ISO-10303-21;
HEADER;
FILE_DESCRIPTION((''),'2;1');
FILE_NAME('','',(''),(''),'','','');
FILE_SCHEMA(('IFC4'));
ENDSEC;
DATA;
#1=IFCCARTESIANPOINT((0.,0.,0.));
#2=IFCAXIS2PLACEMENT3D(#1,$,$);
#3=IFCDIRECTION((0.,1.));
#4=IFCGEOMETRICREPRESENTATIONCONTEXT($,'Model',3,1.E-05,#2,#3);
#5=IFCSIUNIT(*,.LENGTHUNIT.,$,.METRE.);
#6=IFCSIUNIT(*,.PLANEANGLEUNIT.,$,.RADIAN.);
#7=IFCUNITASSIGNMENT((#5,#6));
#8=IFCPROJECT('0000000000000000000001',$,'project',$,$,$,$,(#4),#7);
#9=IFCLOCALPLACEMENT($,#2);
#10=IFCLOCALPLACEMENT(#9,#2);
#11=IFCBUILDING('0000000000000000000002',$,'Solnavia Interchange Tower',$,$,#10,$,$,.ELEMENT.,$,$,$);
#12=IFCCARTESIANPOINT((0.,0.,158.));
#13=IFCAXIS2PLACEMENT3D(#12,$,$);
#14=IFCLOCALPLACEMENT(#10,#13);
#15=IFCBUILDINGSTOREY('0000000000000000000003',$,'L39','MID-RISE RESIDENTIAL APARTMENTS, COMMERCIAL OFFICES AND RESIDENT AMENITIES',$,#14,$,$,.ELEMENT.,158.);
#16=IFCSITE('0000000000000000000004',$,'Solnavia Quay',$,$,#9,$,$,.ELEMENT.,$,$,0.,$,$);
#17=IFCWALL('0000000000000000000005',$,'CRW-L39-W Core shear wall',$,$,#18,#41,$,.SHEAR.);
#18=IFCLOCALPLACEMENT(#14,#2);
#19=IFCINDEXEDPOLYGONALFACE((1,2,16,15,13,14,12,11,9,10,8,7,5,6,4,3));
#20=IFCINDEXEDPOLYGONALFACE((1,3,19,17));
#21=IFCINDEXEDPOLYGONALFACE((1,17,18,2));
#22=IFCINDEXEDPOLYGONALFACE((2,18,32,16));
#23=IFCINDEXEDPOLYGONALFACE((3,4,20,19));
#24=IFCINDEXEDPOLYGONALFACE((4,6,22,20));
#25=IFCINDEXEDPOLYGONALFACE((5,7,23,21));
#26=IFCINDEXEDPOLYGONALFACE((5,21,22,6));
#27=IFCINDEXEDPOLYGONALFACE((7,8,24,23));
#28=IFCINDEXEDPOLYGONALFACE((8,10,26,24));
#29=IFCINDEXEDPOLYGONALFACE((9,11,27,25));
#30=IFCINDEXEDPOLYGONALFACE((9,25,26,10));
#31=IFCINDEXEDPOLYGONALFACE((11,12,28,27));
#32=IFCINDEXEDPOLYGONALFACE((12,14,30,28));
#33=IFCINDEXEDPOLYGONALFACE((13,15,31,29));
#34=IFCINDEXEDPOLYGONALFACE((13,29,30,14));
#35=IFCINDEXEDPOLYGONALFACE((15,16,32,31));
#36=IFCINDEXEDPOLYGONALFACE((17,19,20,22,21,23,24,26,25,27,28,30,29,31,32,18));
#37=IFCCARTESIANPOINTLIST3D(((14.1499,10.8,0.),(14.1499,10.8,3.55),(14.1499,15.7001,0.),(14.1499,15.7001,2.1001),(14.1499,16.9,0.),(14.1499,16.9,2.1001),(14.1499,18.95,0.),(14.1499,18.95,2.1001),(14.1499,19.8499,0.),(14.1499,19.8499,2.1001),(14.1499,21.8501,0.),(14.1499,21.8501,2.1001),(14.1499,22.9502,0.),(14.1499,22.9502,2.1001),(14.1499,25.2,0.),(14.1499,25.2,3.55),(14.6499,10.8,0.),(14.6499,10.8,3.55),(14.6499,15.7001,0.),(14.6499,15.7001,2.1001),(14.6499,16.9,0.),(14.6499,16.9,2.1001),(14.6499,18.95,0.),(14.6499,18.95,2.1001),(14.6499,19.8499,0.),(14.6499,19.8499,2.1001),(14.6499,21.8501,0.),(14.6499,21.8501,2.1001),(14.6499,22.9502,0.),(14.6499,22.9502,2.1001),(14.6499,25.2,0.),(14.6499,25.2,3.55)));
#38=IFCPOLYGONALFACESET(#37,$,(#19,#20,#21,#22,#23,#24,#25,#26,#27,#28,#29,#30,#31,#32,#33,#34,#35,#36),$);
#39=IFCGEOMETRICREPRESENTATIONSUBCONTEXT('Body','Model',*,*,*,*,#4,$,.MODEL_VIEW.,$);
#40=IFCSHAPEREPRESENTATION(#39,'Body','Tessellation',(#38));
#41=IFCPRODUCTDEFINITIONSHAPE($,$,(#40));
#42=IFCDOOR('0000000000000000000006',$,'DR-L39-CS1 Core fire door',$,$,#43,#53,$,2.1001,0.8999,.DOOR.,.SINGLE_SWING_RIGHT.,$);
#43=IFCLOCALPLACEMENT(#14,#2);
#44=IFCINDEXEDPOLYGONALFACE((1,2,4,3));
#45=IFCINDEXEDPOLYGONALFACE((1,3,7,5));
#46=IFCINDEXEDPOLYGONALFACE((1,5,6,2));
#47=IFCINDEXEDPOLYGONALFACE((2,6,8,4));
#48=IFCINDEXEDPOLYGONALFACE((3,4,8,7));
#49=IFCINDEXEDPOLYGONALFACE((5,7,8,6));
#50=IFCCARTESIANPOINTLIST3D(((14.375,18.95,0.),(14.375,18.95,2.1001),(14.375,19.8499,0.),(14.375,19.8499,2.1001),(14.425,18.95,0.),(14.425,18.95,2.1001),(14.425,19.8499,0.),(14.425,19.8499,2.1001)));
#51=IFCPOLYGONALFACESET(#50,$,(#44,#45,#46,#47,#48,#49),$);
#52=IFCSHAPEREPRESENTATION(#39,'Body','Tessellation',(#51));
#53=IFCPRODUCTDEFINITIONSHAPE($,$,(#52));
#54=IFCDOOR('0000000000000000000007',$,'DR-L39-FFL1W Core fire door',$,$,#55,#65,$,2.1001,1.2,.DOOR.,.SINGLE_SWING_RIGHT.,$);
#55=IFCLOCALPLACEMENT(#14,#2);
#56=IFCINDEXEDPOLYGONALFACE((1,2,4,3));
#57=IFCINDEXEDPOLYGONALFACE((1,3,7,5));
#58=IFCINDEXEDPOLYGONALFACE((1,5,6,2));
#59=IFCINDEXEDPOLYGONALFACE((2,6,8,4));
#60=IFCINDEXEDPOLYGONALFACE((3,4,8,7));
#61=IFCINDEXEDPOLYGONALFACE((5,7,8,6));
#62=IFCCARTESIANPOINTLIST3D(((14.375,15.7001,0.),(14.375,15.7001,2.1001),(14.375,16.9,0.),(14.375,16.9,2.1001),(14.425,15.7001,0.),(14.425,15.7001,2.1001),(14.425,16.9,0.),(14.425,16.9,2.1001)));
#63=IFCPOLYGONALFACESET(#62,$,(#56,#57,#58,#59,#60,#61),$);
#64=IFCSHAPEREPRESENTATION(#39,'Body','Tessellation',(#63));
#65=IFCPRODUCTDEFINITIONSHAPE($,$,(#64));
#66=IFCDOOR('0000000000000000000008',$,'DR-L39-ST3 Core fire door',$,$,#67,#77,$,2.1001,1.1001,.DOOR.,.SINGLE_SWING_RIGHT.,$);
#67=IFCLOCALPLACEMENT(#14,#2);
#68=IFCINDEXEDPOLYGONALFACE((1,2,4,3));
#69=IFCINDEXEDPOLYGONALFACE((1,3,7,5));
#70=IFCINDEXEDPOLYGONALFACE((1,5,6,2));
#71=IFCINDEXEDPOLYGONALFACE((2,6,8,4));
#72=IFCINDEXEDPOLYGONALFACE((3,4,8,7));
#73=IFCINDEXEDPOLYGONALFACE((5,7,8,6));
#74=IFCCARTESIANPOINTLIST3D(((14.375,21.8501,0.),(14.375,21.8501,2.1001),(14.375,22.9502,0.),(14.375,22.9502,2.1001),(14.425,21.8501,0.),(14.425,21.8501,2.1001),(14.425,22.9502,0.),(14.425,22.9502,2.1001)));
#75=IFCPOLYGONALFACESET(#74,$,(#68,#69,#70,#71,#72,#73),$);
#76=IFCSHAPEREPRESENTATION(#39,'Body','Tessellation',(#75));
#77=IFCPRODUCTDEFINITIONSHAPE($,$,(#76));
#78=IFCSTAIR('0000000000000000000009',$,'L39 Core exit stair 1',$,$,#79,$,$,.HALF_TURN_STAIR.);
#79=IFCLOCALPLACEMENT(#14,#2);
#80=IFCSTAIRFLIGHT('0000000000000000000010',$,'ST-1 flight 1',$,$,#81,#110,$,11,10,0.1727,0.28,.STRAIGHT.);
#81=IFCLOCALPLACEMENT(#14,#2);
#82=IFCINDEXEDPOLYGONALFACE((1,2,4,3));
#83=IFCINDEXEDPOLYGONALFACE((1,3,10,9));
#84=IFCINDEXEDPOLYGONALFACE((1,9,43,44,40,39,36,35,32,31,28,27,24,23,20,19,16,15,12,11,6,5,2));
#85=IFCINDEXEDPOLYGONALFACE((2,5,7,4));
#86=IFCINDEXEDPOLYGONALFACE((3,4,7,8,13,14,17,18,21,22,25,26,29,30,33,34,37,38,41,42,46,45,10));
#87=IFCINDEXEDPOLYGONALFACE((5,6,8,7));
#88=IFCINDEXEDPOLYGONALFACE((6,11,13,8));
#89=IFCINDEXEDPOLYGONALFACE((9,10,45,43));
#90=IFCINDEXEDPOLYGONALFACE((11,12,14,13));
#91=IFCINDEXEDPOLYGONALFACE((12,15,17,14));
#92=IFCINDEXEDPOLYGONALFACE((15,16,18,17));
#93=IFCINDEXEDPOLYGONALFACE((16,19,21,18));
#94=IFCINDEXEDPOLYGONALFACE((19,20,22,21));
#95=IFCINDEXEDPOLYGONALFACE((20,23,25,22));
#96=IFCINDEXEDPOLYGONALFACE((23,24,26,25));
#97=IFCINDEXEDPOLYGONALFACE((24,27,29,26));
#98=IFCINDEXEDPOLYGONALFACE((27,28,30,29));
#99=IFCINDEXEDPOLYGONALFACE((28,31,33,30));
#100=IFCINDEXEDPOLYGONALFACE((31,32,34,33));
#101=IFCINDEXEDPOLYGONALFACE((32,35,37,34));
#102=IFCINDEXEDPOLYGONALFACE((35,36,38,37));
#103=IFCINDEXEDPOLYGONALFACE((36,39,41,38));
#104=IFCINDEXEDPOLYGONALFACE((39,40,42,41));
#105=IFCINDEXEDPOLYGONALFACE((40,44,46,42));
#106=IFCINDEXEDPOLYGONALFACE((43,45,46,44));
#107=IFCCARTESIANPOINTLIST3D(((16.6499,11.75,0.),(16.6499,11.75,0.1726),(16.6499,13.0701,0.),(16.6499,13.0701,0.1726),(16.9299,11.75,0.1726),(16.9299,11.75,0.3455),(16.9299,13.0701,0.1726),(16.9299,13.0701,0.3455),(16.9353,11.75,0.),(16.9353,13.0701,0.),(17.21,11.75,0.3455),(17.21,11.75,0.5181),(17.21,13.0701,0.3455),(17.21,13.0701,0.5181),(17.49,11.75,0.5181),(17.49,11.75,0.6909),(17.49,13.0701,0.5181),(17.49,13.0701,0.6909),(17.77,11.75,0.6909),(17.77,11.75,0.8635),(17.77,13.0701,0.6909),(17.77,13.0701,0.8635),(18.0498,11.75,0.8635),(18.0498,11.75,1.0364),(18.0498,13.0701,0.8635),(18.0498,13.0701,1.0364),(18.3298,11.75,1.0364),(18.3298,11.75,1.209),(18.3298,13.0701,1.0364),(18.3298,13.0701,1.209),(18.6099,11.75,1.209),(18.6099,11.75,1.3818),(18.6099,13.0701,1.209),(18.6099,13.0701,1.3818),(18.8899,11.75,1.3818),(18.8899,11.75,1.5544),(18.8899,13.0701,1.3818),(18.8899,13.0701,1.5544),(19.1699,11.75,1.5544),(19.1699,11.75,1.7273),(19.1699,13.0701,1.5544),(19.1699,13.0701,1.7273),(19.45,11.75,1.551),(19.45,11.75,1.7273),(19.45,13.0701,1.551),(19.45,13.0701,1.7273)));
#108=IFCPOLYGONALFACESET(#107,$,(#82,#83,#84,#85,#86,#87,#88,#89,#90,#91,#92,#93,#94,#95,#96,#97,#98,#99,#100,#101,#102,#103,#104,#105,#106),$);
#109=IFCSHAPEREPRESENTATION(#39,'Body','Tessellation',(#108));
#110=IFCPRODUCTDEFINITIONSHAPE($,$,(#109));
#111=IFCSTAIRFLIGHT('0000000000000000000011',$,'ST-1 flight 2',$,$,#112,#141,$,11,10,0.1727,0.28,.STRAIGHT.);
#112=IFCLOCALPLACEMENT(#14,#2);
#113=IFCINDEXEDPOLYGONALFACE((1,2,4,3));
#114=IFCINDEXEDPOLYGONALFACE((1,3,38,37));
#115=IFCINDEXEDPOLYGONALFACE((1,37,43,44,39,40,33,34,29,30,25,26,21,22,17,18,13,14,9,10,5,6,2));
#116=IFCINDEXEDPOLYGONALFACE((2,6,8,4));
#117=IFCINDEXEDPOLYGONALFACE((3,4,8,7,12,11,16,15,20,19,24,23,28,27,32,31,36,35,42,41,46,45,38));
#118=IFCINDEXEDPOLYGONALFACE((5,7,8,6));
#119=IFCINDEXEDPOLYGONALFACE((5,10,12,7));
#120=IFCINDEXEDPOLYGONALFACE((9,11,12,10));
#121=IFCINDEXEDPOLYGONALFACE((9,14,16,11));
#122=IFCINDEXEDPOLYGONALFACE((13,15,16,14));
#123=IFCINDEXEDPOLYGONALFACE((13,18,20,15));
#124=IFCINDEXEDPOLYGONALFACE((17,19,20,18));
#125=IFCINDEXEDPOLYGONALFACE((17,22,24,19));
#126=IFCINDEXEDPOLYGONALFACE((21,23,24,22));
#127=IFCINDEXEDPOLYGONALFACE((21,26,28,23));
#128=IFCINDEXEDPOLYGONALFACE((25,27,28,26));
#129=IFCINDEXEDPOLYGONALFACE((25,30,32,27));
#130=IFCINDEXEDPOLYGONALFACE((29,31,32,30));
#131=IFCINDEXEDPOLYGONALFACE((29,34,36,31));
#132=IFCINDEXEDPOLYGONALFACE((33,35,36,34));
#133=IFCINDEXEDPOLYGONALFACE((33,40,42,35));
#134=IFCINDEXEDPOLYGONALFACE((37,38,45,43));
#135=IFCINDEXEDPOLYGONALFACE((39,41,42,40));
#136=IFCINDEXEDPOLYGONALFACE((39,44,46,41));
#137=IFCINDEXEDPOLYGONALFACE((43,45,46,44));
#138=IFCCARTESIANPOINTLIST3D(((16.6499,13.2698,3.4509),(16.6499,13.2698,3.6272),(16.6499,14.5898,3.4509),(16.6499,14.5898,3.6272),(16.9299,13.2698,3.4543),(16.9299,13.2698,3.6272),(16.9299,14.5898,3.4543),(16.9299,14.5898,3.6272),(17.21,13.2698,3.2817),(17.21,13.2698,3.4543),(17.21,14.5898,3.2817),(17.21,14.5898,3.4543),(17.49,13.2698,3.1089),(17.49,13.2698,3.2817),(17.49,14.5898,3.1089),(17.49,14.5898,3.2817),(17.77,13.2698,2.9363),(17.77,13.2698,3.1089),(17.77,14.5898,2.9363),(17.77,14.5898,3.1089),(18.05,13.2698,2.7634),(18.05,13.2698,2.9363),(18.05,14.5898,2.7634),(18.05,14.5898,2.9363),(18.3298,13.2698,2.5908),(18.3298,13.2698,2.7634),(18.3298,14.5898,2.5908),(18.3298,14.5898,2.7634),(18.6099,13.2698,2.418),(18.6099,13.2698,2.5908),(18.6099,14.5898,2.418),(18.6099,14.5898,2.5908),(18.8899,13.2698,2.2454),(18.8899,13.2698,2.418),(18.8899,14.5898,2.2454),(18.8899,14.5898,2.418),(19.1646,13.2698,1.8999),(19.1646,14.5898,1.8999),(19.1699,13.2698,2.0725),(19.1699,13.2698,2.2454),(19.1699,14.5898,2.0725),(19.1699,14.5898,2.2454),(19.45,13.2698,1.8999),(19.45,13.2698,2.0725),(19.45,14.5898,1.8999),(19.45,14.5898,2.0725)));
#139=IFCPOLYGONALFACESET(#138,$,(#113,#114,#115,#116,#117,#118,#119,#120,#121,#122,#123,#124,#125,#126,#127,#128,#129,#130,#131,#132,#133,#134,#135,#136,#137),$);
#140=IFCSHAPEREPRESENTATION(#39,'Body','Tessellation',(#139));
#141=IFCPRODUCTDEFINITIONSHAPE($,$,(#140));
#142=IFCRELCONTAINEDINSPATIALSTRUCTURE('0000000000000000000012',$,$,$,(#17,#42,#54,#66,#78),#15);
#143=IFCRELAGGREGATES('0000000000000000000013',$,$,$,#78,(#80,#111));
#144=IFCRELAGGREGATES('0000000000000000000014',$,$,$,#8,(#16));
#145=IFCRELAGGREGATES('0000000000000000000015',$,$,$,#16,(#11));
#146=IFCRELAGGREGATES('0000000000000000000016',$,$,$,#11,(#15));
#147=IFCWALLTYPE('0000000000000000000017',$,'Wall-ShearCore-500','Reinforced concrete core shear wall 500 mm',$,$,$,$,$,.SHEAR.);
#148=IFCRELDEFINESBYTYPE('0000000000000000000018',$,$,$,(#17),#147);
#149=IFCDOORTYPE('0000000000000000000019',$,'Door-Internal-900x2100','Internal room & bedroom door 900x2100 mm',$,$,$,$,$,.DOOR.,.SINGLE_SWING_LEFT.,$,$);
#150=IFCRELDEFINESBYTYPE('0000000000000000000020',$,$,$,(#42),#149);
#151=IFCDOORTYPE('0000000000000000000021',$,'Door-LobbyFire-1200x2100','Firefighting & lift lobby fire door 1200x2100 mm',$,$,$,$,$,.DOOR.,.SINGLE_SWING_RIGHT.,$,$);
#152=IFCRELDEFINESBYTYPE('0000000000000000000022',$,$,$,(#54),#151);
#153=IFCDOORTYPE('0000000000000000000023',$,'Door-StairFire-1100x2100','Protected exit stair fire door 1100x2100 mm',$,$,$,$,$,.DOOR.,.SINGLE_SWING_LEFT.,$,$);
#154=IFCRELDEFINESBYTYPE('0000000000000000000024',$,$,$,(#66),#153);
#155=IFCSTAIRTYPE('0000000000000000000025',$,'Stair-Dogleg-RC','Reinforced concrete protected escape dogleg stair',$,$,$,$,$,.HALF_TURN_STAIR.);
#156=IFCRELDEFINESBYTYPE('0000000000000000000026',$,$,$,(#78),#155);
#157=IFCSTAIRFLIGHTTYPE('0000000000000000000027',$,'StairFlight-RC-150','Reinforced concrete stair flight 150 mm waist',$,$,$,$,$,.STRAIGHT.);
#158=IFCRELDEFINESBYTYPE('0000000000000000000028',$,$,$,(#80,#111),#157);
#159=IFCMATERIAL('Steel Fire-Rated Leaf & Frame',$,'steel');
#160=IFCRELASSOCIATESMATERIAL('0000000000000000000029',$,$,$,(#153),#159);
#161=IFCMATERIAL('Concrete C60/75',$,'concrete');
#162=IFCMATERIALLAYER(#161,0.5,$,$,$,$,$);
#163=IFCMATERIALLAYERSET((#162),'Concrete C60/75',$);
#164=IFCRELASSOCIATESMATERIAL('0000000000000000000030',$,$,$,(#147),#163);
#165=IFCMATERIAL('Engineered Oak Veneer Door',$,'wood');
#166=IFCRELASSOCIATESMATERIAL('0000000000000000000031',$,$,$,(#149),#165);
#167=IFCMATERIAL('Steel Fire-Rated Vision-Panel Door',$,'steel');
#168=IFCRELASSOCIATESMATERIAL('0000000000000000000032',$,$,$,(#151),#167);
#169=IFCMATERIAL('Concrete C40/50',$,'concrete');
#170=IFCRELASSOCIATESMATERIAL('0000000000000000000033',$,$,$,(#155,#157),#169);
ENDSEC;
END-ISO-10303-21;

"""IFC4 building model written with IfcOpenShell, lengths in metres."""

from ifc_helpers import new_model, si_unit, direction, frame, frame_2d, origin, place, context, subcontext, project, spatial, polyline, rectangle, outline, extrude, material, layer, layer_set, type_object, element, fill, aggregate, save


model = new_model("IFC4")

# Units and contexts
model_context = context("Model", 3, precision=1e-05, world=origin(), true_north=direction((0.0, 1.0)))
body_context = subcontext(model_context, "Body", "Model", "MODEL_VIEW")
ifc_project = project(units=[si_unit("LENGTHUNIT", "METRE"), si_unit("PLANEANGLEUNIT", "RADIAN")], contexts=[model_context])

# Site, building, storey
site_placement = place(None, origin())
site = spatial("IfcSite", under=ifc_project, at=site_placement, Name="Solnavia Quay", CompositionType="ELEMENT", RefElevation=0.0)
building_placement = place(site_placement, origin())
building = spatial("IfcBuilding", under=site, at=building_placement, Name="Solnavia Interchange Tower", CompositionType="ELEMENT")
storey_placement = place(building_placement, frame((0.0, 0.0, 158.0)))
storey = spatial("IfcBuildingStorey", under=building, at=storey_placement, Name="L39", Description="MID-RISE RESIDENTIAL APARTMENTS, COMMERCIAL OFFICES AND RESIDENT AMENITIES", CompositionType="ELEMENT", Elevation=158.0)

# Shared definitions
ifc_material_1 = material(Name="Concrete C40/50", Category="concrete")

# Shared definitions
ifc_material_2 = material(Name="Steel Fire-Rated Leaf & Frame", Category="steel")
door_type_1 = type_object("IfcDoorType", Name="Door-StairFire-1100x2100", Description="Protected exit stair fire door 1100x2100 mm", OperationType="SINGLE_SWING_LEFT", PredefinedType="DOOR", material=ifc_material_2)

# Shared definitions
ifc_material_3 = material(Name="Concrete C60/75", Category="concrete")
ifc_layer_1 = layer(ifc_material_3, 0.5)
ifc_layer_set_1 = layer_set([ifc_layer_1], Name="Concrete C60/75")
wall_type_1 = type_object("IfcWallType", Name="Wall-ShearCore-500", Description="Reinforced concrete core shear wall 500 mm", PredefinedType="SHEAR", material=ifc_layer_set_1)

# Wall, openings, doors
wall_1_placement = place(storey_placement, frame((14.3999, 10.8, 0.0), z_axis=(0.0, 0.0, 1.0), x_axis=(0.0, 1.0, 0.0)))
wall_1 = element("IfcWall", 1, at=wall_1_placement, inside=storey, type_object=wall_type_1, Name="CRW-L39-W Core shear wall", PredefinedType="SHEAR", context=body_context, shape_type="SweptSolid", body=[
    extrude(rectangle(XDim=14.3999, YDim=0.5, at=frame_2d((7.2, 0.0))), origin(), (0.0, 0.0, 1.0), 3.55),
])
opening_1_placement = place(wall_1_placement, frame((11.05, 0.0, 0.0)))
opening_1 = element("IfcOpeningElement", 2, at=opening_1_placement, cuts=wall_1, PredefinedType="OPENING", context=body_context, shape_type="SweptSolid", body=[
    extrude(rectangle(XDim=1.1001, YDim=2.1001, at=frame_2d((0.55, 1.05))), frame((0.0, 0.26, 0.0), z_axis=(0.0, -1.0, 0.0), x_axis=(1.0, 0.0, 0.0)), (0.0, 0.0, 1.0), 0.52),
])
opening_2_placement = place(wall_1_placement, frame((4.8999, 0.0, 0.0)))
opening_2 = element("IfcOpeningElement", 3, at=opening_2_placement, cuts=wall_1, PredefinedType="OPENING", context=body_context, shape_type="SweptSolid", body=[
    extrude(rectangle(XDim=1.2, YDim=2.1001, at=frame_2d((0.6001, 1.05))), frame((0.0, 0.26, 0.0), z_axis=(0.0, -1.0, 0.0), x_axis=(1.0, 0.0, 0.0)), (0.0, 0.0, 1.0), 0.52),
])
opening_3_placement = place(wall_1_placement, frame((8.1499, 0.0, 0.0)))
opening_3 = element("IfcOpeningElement", 4, at=opening_3_placement, cuts=wall_1, PredefinedType="OPENING", context=body_context, shape_type="SweptSolid", body=[
    extrude(rectangle(XDim=0.8999, YDim=2.1001, at=frame_2d((0.45, 1.05))), frame((0.0, 0.26, 0.0), z_axis=(0.0, -1.0, 0.0), x_axis=(1.0, 0.0, 0.0)), (0.0, 0.0, 1.0), 0.52),
])
ifc_material_4 = material(Name="Engineered Oak Veneer Door", Category="wood")
door_type_2 = type_object("IfcDoorType", Name="Door-Internal-900x2100", Description="Internal room & bedroom door 900x2100 mm", OperationType="SINGLE_SWING_LEFT", PredefinedType="DOOR", material=ifc_material_4)
door_1_placement = place(opening_3_placement, origin())
door_1 = element("IfcDoor", 5, at=door_1_placement, inside=storey, type_object=door_type_2, Name="DR-L39-CS1 Core fire door", OperationType="SINGLE_SWING_RIGHT", OverallHeight=2.1001, OverallWidth=0.8999, PredefinedType="DOOR", context=body_context, shape_type="SweptSolid", body=[
    extrude(rectangle(XDim=0.8999, YDim=2.1001, at=frame_2d((0.45, 1.05))), frame((0.0, 0.0249, 0.0), z_axis=(0.0, -1.0, 0.0), x_axis=(1.0, 0.0, 0.0)), (0.0, 0.0, 1.0), 0.05),
])
fill(opening_3, door_1)
ifc_material_5 = material(Name="Steel Fire-Rated Vision-Panel Door", Category="steel")
door_type_3 = type_object("IfcDoorType", Name="Door-LobbyFire-1200x2100", Description="Firefighting & lift lobby fire door 1200x2100 mm", OperationType="SINGLE_SWING_RIGHT", PredefinedType="DOOR", material=ifc_material_5)
door_2_placement = place(opening_2_placement, origin())
door_2 = element("IfcDoor", 6, at=door_2_placement, inside=storey, type_object=door_type_3, Name="DR-L39-FFL1W Core fire door", OperationType="SINGLE_SWING_RIGHT", OverallHeight=2.1001, OverallWidth=1.2, PredefinedType="DOOR", context=body_context, shape_type="SweptSolid", body=[
    extrude(rectangle(XDim=1.2, YDim=2.1001, at=frame_2d((0.6001, 1.05))), frame((0.0, 0.0249, 0.0), z_axis=(0.0, -1.0, 0.0), x_axis=(1.0, 0.0, 0.0)), (0.0, 0.0, 1.0), 0.05),
])
fill(opening_2, door_2)
door_3_placement = place(opening_1_placement, origin())
door_3 = element("IfcDoor", 7, at=door_3_placement, inside=storey, type_object=door_type_1, Name="DR-L39-ST3 Core fire door", OperationType="SINGLE_SWING_RIGHT", OverallHeight=2.1001, OverallWidth=1.1001, PredefinedType="DOOR", context=body_context, shape_type="SweptSolid", body=[
    extrude(rectangle(XDim=1.1001, YDim=2.1001, at=frame_2d((0.55, 1.05))), frame((0.0, 0.0249, 0.0), z_axis=(0.0, -1.0, 0.0), x_axis=(1.0, 0.0, 0.0)), (0.0, 0.0, 1.0), 0.05),
])
fill(opening_1, door_3)

# Stair, stair flights
stair_type = type_object("IfcStairType", Name="Stair-Dogleg-RC", Description="Reinforced concrete protected escape dogleg stair", PredefinedType="HALF_TURN_STAIR", material=ifc_material_1)
stair_placement = place(storey_placement, origin())
stair = element("IfcStair", 8, at=stair_placement, inside=storey, type_object=stair_type, Name="L39 Core exit stair 1", PredefinedType="HALF_TURN_STAIR")
stair_flight_type = type_object("IfcStairFlightType", Name="StairFlight-RC-150", Description="Reinforced concrete stair flight 150 mm waist", PredefinedType="STRAIGHT", material=ifc_material_1)
stair_flight_1_placement = place(storey_placement, frame((16.6499, 12.4099, 0.0), z_axis=(0.0, 0.0, 1.0), x_axis=(1.0, 0.0, 0.0)))
stair_flight_1 = element("IfcStairFlight", 9, at=stair_flight_1_placement, type_object=stair_flight_type, Name="ST-1 flight 1", NumberOfRisers=11, NumberOfTreads=10, PredefinedType="STRAIGHT", RiserHeight=0.1727, TreadLength=0.28, context=body_context, shape_type="SweptSolid", body=[
    extrude(outline(polyline([(0.0, 0.0), (0.0, 0.1726), (0.28, 0.1726), (0.28, 0.3455), (0.5601, 0.3455), (0.5601, 0.5181), (0.8401, 0.5181), (0.8401, 0.6909), (1.1201, 0.6909), (1.1201, 0.8635), (1.3999, 0.8635), (1.3999, 1.0364), (1.6799, 1.0364), (1.6799, 1.209), (1.96, 1.209), (1.96, 1.3818), (2.24, 1.3818), (2.24, 1.5544), (2.52, 1.5544), (2.52, 1.7273), (2.8, 1.7273), (2.8, 1.8999), (2.8, 1.551), (0.2854, 0.0), (0.0, 0.0)])), frame((0.0, 0.6602, 0.0), z_axis=(0.0, -1.0, 0.0), x_axis=(1.0, 0.0, 0.0)), (0.0, 0.0, 1.0), 1.3201),
])
stair_flight_2_placement = place(storey_placement, frame((19.45, 13.9299, 1.8999), z_axis=(0.0, 0.0, 1.0), x_axis=(-1.0, 0.0, 0.0)))
stair_flight_2 = element("IfcStairFlight", 10, at=stair_flight_2_placement, type_object=stair_flight_type, Name="ST-1 flight 2", NumberOfRisers=11, NumberOfTreads=10, PredefinedType="STRAIGHT", RiserHeight=0.1727, TreadLength=0.28, context=body_context, shape_type="SweptSolid", body=[
    extrude(outline(polyline([(0.0, 0.0), (0.0, 0.1726), (0.28, 0.1726), (0.28, 0.3455), (0.5601, 0.3455), (0.5601, 0.5181), (0.8401, 0.5181), (0.8401, 0.6909), (1.1201, 0.6909), (1.1201, 0.8635), (1.3999, 0.8635), (1.3999, 1.0364), (1.6799, 1.0364), (1.6799, 1.209), (1.96, 1.209), (1.96, 1.3818), (2.24, 1.3818), (2.24, 1.5544), (2.52, 1.5544), (2.52, 1.7273), (2.8, 1.7273), (2.8, 1.8999), (2.8, 1.551), (0.2854, 0.0), (0.0, 0.0)])), frame((0.0, 0.6602, 0.0), z_axis=(0.0, -1.0, 0.0), x_axis=(1.0, 0.0, 0.0)), (0.0, 0.0, 1.0), 1.3201),
])
aggregate(stair, [stair_flight_1, stair_flight_2])

save(model, "model.ifc")
